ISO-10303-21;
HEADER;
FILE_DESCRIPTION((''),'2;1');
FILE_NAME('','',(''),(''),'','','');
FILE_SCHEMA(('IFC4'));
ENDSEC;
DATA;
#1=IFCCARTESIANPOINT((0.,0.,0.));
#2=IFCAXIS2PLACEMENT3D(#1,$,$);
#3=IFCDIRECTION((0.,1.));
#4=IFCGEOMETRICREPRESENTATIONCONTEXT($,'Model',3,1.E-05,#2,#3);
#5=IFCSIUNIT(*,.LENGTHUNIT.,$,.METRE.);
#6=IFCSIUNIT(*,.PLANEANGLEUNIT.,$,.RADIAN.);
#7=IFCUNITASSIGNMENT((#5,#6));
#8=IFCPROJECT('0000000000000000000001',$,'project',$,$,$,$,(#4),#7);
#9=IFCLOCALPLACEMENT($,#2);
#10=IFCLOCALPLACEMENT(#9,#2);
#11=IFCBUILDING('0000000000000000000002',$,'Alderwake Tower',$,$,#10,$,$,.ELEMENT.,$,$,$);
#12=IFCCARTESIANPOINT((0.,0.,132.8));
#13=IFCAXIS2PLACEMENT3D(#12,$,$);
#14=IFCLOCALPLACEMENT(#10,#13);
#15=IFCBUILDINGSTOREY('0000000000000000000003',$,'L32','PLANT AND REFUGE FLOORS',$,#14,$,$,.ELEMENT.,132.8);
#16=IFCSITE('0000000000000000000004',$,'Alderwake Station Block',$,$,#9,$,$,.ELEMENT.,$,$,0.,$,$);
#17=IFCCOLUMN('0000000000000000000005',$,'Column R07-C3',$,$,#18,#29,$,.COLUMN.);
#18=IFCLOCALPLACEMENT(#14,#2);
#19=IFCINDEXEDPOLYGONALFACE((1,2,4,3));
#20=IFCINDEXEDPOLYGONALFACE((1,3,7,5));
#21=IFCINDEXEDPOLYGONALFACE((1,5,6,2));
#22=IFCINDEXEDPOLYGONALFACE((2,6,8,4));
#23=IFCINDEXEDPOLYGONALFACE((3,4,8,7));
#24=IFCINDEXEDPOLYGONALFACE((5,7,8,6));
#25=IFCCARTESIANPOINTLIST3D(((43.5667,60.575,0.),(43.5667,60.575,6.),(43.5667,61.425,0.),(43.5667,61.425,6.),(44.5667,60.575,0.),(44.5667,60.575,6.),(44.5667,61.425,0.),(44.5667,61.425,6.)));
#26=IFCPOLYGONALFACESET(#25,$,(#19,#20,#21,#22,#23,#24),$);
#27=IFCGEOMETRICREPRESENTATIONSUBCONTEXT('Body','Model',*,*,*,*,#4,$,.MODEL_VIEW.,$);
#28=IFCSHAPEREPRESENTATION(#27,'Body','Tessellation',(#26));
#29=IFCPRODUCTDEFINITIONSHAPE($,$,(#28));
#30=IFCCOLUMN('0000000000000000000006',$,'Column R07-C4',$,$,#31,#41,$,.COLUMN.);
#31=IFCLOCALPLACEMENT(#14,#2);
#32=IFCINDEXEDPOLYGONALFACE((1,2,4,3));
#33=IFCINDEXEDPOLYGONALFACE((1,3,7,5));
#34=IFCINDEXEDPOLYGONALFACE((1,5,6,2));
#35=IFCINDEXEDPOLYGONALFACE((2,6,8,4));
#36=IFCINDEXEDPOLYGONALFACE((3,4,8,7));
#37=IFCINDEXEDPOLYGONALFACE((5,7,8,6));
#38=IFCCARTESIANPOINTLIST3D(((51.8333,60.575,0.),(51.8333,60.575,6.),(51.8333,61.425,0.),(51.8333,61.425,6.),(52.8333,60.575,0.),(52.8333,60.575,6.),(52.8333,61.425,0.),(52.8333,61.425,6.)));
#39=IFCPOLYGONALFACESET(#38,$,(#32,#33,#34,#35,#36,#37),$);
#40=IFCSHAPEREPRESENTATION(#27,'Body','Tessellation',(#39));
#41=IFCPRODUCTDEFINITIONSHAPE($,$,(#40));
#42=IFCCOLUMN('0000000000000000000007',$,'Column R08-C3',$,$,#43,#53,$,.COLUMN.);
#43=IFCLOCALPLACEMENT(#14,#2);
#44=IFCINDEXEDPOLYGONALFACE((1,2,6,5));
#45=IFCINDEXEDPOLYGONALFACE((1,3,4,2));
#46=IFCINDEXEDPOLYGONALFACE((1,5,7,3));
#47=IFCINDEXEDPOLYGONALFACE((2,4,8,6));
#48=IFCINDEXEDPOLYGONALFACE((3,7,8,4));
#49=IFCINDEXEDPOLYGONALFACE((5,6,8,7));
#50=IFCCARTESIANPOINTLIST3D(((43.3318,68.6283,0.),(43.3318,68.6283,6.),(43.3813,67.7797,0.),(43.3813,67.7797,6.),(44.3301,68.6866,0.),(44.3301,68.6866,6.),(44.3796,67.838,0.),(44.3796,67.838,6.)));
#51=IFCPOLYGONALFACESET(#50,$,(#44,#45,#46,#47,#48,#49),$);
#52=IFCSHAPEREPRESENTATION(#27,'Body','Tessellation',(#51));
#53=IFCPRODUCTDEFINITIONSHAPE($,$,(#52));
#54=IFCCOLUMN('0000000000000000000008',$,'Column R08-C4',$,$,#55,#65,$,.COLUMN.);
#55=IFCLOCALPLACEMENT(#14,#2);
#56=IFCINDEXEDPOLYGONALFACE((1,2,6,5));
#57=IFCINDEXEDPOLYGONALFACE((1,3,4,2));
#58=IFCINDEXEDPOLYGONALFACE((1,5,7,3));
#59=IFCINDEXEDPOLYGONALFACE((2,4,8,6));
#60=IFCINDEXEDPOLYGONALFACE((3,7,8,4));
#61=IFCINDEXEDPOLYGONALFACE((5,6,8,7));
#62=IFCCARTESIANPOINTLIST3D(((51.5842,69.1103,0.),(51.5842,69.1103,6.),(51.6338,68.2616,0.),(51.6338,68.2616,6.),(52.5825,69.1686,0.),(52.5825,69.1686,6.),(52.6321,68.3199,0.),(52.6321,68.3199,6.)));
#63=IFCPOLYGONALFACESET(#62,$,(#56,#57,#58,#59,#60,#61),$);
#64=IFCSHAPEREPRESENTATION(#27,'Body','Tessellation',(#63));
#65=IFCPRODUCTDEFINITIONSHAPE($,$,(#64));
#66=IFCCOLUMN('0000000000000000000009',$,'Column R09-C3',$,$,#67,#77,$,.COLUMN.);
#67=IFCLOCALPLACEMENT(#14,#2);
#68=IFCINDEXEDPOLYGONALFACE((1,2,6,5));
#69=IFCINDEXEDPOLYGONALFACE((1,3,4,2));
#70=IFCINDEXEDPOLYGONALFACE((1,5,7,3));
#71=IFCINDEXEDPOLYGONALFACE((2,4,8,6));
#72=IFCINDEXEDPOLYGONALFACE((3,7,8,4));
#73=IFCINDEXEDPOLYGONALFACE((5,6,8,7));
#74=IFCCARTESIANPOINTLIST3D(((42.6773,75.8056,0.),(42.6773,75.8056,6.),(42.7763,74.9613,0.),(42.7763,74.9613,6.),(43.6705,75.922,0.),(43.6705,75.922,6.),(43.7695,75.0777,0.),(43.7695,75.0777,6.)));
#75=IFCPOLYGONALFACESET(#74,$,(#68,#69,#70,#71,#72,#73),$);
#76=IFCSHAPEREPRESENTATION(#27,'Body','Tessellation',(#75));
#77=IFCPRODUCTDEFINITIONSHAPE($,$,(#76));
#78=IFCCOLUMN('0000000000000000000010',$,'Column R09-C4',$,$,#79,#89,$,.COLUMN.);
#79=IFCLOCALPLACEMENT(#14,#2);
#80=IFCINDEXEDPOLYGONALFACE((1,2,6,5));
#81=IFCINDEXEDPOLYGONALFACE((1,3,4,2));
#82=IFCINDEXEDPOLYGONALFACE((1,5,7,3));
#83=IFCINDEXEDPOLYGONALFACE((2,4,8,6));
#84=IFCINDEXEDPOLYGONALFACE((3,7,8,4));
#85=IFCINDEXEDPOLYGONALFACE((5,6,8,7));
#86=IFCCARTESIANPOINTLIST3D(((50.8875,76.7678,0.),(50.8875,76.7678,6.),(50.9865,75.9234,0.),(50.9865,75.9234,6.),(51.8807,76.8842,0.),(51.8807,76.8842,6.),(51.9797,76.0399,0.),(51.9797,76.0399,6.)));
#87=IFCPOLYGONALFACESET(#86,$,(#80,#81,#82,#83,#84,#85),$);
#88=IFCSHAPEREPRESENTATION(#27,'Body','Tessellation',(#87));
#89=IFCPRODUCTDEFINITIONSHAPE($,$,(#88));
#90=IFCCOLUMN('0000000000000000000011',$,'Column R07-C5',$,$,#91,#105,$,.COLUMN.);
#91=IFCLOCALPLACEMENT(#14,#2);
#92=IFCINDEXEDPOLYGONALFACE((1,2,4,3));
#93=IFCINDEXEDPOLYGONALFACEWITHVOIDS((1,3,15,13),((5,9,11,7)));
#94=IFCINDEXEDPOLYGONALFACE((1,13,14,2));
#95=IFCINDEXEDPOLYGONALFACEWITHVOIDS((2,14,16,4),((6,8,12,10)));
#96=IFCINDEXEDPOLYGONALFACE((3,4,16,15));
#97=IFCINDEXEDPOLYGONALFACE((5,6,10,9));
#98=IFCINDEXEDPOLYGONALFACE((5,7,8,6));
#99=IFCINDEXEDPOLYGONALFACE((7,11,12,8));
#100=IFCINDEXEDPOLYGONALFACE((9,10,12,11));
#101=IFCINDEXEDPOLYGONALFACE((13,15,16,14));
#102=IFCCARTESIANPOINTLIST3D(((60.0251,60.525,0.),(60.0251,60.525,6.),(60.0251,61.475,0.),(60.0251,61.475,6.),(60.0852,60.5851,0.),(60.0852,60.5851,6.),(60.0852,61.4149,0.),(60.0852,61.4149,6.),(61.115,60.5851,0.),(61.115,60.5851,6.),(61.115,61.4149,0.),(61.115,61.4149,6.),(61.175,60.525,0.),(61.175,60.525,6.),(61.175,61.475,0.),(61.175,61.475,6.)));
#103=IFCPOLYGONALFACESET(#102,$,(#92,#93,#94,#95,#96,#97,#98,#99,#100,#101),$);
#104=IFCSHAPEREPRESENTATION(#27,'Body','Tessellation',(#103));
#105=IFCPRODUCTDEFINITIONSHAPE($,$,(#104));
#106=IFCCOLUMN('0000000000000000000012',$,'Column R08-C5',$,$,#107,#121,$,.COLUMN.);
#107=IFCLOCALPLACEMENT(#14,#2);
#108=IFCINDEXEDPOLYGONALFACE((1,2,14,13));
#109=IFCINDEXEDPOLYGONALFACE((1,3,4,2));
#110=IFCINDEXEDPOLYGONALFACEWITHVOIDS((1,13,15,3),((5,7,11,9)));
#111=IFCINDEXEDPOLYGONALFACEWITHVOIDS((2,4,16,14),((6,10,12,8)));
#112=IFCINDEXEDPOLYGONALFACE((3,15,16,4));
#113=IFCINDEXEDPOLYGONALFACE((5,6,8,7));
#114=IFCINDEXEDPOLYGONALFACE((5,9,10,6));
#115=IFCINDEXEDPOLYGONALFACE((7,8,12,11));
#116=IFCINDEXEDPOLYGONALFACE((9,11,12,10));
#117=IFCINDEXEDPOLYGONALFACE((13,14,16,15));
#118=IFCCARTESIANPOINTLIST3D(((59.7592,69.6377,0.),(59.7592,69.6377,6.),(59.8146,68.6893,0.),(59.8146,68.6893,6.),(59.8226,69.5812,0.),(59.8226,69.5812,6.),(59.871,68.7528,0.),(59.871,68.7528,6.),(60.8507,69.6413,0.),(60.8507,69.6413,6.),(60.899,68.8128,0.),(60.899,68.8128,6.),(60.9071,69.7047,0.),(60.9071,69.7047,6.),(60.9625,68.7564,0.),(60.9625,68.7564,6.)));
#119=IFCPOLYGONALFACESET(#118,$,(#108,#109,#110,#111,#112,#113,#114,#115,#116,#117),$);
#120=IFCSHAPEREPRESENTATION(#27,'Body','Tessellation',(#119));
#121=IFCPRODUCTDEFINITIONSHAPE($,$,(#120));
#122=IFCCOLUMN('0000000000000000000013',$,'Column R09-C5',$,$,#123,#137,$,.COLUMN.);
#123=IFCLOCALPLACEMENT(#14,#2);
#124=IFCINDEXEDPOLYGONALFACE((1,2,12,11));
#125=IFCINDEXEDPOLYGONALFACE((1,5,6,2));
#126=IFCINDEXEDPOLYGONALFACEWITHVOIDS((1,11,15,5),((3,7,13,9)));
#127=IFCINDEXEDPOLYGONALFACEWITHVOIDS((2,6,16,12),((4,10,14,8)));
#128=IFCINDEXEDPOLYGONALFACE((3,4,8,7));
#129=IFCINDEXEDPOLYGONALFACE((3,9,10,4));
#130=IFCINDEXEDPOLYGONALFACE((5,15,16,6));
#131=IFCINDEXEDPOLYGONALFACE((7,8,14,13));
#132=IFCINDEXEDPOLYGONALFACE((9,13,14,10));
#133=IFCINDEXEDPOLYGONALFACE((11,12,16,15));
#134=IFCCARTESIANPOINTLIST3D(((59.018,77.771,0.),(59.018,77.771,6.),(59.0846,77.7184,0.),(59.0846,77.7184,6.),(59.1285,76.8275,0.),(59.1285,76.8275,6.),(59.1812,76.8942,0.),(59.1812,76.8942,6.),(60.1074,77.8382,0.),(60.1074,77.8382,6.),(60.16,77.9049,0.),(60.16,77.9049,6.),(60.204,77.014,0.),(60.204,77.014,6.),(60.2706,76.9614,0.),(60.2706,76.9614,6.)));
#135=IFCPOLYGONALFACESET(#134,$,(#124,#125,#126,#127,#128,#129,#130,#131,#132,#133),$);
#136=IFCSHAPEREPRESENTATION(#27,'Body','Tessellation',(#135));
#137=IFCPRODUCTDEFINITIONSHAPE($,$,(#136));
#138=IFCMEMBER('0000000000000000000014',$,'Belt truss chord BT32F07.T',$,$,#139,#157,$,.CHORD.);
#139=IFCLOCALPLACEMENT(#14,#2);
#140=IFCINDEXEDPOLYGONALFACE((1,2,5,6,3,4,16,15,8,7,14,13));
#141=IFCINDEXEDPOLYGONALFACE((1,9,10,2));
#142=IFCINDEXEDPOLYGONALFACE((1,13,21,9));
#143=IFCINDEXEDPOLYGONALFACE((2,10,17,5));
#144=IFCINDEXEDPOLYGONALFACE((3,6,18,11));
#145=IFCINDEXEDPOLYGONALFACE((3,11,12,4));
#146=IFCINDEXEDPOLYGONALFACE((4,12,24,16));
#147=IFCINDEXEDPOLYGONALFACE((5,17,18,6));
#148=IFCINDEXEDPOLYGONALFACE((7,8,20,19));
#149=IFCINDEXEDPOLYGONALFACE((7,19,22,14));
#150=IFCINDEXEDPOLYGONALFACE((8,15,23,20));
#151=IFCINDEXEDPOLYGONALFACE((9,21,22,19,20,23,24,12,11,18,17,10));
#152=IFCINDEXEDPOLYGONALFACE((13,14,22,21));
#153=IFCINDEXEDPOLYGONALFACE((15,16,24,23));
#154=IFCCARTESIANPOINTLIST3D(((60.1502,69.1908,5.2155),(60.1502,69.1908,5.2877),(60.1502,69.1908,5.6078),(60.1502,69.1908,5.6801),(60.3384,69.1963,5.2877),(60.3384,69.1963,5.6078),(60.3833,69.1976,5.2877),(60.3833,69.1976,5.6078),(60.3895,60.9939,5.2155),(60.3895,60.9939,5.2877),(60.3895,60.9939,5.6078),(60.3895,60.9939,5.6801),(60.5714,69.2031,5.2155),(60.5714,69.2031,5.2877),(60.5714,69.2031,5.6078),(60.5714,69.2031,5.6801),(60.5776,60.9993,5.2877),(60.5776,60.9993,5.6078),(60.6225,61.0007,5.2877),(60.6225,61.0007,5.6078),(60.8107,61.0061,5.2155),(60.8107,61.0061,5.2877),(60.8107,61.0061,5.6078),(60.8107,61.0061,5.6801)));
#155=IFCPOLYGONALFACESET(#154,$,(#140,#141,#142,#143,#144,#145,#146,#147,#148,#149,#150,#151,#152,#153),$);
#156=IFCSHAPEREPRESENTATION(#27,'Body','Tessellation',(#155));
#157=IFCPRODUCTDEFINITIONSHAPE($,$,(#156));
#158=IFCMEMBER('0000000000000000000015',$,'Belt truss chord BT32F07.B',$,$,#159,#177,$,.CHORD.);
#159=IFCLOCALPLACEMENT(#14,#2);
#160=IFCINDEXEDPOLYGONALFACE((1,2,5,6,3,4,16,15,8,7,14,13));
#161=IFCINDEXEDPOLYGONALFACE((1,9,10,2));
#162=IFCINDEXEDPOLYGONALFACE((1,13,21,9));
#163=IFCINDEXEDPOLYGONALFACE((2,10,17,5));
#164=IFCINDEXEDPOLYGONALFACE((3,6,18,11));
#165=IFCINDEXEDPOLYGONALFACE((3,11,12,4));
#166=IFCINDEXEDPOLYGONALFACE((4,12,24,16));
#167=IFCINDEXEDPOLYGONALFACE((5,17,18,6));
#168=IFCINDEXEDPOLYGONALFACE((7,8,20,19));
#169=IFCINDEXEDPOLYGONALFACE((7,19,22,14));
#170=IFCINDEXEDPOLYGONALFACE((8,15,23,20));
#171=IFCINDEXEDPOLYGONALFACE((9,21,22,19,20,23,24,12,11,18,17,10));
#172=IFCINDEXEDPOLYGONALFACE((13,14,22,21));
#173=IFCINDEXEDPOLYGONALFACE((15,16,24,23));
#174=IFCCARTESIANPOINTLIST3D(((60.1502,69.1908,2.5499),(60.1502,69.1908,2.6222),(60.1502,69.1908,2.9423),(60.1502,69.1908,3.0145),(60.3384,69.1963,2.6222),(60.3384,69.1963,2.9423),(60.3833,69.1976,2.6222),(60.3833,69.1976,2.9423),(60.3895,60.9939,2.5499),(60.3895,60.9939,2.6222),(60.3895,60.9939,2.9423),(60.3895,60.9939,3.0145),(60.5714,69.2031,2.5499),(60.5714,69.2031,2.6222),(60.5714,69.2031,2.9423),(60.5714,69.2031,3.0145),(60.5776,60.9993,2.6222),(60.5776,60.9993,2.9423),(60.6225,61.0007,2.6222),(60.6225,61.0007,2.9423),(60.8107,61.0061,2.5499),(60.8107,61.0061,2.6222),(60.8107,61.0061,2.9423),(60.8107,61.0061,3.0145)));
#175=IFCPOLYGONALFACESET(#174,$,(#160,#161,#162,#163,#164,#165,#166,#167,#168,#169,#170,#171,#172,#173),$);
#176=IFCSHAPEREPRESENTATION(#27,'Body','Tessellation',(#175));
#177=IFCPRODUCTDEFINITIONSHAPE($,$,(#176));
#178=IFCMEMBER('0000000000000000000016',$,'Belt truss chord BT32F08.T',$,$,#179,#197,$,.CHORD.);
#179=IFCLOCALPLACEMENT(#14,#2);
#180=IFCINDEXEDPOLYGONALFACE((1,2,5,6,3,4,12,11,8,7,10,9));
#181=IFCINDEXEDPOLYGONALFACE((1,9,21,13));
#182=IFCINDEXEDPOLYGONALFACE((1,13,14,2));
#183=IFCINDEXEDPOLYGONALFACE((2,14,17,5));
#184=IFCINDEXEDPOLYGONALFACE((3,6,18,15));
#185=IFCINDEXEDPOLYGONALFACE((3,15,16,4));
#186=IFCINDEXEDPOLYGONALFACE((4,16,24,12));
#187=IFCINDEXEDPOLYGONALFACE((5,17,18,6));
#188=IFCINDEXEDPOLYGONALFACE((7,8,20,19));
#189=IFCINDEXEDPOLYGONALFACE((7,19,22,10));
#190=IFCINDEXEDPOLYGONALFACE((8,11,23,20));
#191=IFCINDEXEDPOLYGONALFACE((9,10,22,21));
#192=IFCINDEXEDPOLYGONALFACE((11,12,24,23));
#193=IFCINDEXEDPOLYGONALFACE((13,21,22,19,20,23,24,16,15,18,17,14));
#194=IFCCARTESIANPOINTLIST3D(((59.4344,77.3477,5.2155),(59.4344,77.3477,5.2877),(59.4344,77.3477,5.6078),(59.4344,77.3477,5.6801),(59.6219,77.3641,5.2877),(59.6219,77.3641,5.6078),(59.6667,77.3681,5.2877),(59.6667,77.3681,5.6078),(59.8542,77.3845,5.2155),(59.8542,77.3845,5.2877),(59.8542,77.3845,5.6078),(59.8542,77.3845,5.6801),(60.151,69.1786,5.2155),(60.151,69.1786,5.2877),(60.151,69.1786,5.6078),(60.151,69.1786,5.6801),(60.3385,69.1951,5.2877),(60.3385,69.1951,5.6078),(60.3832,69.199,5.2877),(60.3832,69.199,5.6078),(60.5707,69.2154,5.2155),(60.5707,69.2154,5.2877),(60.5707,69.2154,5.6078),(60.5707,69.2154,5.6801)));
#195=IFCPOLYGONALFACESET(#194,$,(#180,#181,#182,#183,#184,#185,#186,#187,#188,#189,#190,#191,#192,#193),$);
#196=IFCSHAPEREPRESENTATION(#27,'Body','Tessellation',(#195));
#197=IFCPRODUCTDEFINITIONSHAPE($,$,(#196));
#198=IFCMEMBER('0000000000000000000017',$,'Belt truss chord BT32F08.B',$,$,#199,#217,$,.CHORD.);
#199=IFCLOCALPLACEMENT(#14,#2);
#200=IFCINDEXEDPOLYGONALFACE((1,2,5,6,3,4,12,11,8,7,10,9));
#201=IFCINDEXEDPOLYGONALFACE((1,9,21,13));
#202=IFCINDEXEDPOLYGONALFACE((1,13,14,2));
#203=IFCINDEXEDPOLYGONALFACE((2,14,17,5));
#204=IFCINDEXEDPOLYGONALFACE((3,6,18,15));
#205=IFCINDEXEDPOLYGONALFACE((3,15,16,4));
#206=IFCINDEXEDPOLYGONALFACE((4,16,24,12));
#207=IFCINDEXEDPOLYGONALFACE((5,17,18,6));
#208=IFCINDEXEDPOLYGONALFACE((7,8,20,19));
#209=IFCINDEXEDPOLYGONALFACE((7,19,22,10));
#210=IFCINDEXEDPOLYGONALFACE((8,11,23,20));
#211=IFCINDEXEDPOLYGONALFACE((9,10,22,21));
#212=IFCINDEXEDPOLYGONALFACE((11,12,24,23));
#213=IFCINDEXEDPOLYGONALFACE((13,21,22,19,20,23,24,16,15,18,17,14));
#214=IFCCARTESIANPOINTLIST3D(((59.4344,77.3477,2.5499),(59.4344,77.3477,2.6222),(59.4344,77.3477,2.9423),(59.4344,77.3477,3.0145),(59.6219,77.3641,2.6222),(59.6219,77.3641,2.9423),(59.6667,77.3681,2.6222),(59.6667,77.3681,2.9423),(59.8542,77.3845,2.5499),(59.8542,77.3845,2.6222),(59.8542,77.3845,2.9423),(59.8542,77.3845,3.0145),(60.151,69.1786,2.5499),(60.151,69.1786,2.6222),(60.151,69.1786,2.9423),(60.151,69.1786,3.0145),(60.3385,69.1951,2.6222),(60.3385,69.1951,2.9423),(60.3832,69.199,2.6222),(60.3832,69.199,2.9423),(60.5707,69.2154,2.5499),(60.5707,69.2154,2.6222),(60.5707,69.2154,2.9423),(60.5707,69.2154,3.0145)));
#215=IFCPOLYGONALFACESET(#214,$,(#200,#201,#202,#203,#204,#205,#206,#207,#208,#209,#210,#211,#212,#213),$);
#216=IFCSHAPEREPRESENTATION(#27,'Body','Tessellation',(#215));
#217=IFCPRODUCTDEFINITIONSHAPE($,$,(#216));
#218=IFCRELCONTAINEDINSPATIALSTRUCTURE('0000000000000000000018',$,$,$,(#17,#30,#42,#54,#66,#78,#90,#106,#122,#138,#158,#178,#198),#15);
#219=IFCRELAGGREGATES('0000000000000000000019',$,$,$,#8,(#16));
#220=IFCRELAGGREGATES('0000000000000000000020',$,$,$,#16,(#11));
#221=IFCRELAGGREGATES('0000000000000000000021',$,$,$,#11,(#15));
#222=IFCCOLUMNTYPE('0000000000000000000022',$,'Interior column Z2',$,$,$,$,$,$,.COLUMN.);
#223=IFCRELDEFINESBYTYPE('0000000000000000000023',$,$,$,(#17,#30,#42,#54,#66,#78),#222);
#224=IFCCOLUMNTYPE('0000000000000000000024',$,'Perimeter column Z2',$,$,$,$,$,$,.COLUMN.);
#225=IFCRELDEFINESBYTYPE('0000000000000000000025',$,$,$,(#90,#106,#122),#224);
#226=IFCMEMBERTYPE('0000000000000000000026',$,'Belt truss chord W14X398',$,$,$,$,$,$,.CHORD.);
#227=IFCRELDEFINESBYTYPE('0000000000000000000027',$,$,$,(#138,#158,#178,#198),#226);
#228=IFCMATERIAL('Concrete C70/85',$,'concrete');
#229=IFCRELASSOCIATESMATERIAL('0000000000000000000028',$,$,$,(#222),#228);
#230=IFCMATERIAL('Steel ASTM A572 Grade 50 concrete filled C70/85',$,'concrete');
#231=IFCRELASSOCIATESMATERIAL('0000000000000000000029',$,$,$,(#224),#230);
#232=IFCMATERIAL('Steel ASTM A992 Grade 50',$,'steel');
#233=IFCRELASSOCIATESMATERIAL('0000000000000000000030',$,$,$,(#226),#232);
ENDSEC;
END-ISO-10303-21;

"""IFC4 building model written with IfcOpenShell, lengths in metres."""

from ifc_helpers import new_model, si_unit, direction, frame, origin, origin_2d, place, context, subcontext, project, spatial, rectangle, hollow_rectangle, i_section, extrude, material, material_profile, profile_set, type_object, element, save


model = new_model("IFC4")

# Units and contexts
model_context = context("Model", 3, precision=1e-05, world=origin(), true_north=direction((0.0, 1.0)))
body_context = subcontext(model_context, "Body", "Model", "MODEL_VIEW")
ifc_project = project(units=[si_unit("LENGTHUNIT", "METRE"), si_unit("PLANEANGLEUNIT", "RADIAN")], contexts=[model_context])

# Site, building, storey
site_placement = place(None, origin())
site = spatial("IfcSite", under=ifc_project, at=site_placement, Name="Alderwake Station Block", CompositionType="ELEMENT", RefElevation=0.0)
building_placement = place(site_placement, origin())
building = spatial("IfcBuilding", under=site, at=building_placement, Name="Alderwake Tower", CompositionType="ELEMENT")
storey_placement = place(building_placement, frame((0.0, 0.0, 132.8)))
storey = spatial("IfcBuildingStorey", under=building, at=storey_placement, Name="L32", Description="PLANT AND REFUGE FLOORS", CompositionType="ELEMENT", Elevation=132.8)

# Columns
ifc_material_1 = material(Name="Concrete C70/85", Category="concrete")
ifc_material_profile_1 = material_profile(ifc_material_1, rectangle(XDim=0.8501, YDim=1.0, at=origin_2d()), Name="RC 1000X850")
ifc_profile_set_1 = profile_set([ifc_material_profile_1], Name="Concrete C70/85")
column_type_1 = type_object("IfcColumnType", Name="Interior column Z2", PredefinedType="COLUMN", material=ifc_profile_set_1)
for number, where, z_axis, x_axis, name in (
    (1, (44.0667, 61.0, 0.0), (0.0, 0.0, 1.0), (0.0, 1.0, 0.0), "Column R07-C3"),
    (2, (52.3333, 61.0, 0.0), (0.0, 0.0, 1.0), (0.0, 1.0, 0.0), "Column R07-C4"),
    (3, (43.8557, 68.2332, 0.0), (0.0, 0.0, 1.0), (-0.058299, 0.998299, 0.0), "Column R08-C3"),
    (4, (52.1082, 68.7151, 0.0), (0.0, 0.0, 1.0), (-0.058301, 0.998299, 0.0), "Column R08-C4"),
    (5, (43.2234, 75.4417, 0.0), (0.0, 0.0, 1.0), (-0.116402, 0.993202, 0.0), "Column R09-C3"),
    (6, (51.4336, 76.4038, 0.0), (0.0, 0.0, 1.0), (-0.116402, 0.993202, 0.0), "Column R09-C4"),
):
    element("IfcColumn", number, at=place(storey_placement, frame(where, z_axis=z_axis, x_axis=x_axis)), inside=storey, type_object=column_type_1, Name=name, PredefinedType="COLUMN", context=body_context, shape_type="SweptSolid", body=[
        extrude(rectangle(XDim=0.8501, YDim=1.0, at=origin_2d()), origin(), (0.0, 0.0, 1.0), 6.0),
    ])
ifc_material_2 = material(Name="Steel ASTM A572 Grade 50 concrete filled C70/85", Category="concrete")
ifc_material_profile_2 = material_profile(ifc_material_2, hollow_rectangle(XDim=0.95, YDim=1.1499, WallThickness=0.0601, at=origin_2d()), Name="BOX 1150X950X60")
ifc_profile_set_2 = profile_set([ifc_material_profile_2], Name="Steel ASTM A572 Grade 50 concrete filled C70/85")
column_type_2 = type_object("IfcColumnType", Name="Perimeter column Z2", PredefinedType="COLUMN", material=ifc_profile_set_2)
for number, where, z_axis, x_axis, name in (
    (7, (60.6001, 61.0, 0.0), (0.0, 0.0, 1.0), (0.0, 1.0, 0.0), "Column R07-C5"),
    (8, (60.3608, 69.197, 0.0), (0.0, 0.0, 1.0), (-0.058299, 0.998299, 0.0), "Column R08-C5"),
    (9, (59.6443, 77.3662, 0.0), (0.0, 0.0, 1.0), (-0.116402, 0.993202, 0.0), "Column R09-C5"),
):
    element("IfcColumn", number, at=place(storey_placement, frame(where, z_axis=z_axis, x_axis=x_axis)), inside=storey, type_object=column_type_2, Name=name, PredefinedType="COLUMN", context=body_context, shape_type="SweptSolid", body=[
        extrude(hollow_rectangle(XDim=0.95, YDim=1.1499, WallThickness=0.0601, at=origin_2d()), origin(), (0.0, 0.0, 1.0), 6.0),
    ])

# Members
ifc_material_3 = material(Name="Steel ASTM A992 Grade 50", Category="steel")
ifc_material_profile_3 = material_profile(ifc_material_3, i_section(OverallWidth=0.4214, OverallDepth=0.4646, WebThickness=0.0449, FlangeThickness=0.0723, at=origin_2d()), Name="W14X398")
ifc_profile_set_3 = profile_set([ifc_material_profile_3], Name="Steel ASTM A992 Grade 50")
member_type_1 = type_object("IfcMemberType", Name="Belt truss chord W14X398", PredefinedType="CHORD", material=ifc_profile_set_3)
for number, where, z_axis, x_axis, name in (
    (10, (60.6001, 61.0, 5.4478), (-0.029176, 0.999574, 0.0), (-0.999574, -0.029176, 0.0), "Belt truss chord BT32F07.T"),
    (11, (60.6001, 61.0, 2.7822), (-0.029176, 0.999574, 0.0), (-0.999574, -0.029176, 0.0), "Belt truss chord BT32F07.B"),
    (12, (60.3608, 69.197, 5.4478), (-0.087379, 0.996175, 0.0), (-0.996175, -0.087379, 0.0), "Belt truss chord BT32F08.T"),
    (13, (60.3608, 69.197, 2.7822), (-0.087379, 0.996175, 0.0), (-0.996175, -0.087379, 0.0), "Belt truss chord BT32F08.B"),
):
    element("IfcMember", number, at=place(storey_placement, frame(where, z_axis=z_axis, x_axis=x_axis)), inside=storey, type_object=member_type_1, Name=name, PredefinedType="CHORD", context=body_context, shape_type="SweptSolid", body=[
        extrude(i_section(OverallWidth=0.4214, OverallDepth=0.4646, WebThickness=0.0449, FlangeThickness=0.0723, at=origin_2d()), origin(), (0.0, 0.0, 1.0), 8.2004),
    ])

save(model, "model.ifc")
